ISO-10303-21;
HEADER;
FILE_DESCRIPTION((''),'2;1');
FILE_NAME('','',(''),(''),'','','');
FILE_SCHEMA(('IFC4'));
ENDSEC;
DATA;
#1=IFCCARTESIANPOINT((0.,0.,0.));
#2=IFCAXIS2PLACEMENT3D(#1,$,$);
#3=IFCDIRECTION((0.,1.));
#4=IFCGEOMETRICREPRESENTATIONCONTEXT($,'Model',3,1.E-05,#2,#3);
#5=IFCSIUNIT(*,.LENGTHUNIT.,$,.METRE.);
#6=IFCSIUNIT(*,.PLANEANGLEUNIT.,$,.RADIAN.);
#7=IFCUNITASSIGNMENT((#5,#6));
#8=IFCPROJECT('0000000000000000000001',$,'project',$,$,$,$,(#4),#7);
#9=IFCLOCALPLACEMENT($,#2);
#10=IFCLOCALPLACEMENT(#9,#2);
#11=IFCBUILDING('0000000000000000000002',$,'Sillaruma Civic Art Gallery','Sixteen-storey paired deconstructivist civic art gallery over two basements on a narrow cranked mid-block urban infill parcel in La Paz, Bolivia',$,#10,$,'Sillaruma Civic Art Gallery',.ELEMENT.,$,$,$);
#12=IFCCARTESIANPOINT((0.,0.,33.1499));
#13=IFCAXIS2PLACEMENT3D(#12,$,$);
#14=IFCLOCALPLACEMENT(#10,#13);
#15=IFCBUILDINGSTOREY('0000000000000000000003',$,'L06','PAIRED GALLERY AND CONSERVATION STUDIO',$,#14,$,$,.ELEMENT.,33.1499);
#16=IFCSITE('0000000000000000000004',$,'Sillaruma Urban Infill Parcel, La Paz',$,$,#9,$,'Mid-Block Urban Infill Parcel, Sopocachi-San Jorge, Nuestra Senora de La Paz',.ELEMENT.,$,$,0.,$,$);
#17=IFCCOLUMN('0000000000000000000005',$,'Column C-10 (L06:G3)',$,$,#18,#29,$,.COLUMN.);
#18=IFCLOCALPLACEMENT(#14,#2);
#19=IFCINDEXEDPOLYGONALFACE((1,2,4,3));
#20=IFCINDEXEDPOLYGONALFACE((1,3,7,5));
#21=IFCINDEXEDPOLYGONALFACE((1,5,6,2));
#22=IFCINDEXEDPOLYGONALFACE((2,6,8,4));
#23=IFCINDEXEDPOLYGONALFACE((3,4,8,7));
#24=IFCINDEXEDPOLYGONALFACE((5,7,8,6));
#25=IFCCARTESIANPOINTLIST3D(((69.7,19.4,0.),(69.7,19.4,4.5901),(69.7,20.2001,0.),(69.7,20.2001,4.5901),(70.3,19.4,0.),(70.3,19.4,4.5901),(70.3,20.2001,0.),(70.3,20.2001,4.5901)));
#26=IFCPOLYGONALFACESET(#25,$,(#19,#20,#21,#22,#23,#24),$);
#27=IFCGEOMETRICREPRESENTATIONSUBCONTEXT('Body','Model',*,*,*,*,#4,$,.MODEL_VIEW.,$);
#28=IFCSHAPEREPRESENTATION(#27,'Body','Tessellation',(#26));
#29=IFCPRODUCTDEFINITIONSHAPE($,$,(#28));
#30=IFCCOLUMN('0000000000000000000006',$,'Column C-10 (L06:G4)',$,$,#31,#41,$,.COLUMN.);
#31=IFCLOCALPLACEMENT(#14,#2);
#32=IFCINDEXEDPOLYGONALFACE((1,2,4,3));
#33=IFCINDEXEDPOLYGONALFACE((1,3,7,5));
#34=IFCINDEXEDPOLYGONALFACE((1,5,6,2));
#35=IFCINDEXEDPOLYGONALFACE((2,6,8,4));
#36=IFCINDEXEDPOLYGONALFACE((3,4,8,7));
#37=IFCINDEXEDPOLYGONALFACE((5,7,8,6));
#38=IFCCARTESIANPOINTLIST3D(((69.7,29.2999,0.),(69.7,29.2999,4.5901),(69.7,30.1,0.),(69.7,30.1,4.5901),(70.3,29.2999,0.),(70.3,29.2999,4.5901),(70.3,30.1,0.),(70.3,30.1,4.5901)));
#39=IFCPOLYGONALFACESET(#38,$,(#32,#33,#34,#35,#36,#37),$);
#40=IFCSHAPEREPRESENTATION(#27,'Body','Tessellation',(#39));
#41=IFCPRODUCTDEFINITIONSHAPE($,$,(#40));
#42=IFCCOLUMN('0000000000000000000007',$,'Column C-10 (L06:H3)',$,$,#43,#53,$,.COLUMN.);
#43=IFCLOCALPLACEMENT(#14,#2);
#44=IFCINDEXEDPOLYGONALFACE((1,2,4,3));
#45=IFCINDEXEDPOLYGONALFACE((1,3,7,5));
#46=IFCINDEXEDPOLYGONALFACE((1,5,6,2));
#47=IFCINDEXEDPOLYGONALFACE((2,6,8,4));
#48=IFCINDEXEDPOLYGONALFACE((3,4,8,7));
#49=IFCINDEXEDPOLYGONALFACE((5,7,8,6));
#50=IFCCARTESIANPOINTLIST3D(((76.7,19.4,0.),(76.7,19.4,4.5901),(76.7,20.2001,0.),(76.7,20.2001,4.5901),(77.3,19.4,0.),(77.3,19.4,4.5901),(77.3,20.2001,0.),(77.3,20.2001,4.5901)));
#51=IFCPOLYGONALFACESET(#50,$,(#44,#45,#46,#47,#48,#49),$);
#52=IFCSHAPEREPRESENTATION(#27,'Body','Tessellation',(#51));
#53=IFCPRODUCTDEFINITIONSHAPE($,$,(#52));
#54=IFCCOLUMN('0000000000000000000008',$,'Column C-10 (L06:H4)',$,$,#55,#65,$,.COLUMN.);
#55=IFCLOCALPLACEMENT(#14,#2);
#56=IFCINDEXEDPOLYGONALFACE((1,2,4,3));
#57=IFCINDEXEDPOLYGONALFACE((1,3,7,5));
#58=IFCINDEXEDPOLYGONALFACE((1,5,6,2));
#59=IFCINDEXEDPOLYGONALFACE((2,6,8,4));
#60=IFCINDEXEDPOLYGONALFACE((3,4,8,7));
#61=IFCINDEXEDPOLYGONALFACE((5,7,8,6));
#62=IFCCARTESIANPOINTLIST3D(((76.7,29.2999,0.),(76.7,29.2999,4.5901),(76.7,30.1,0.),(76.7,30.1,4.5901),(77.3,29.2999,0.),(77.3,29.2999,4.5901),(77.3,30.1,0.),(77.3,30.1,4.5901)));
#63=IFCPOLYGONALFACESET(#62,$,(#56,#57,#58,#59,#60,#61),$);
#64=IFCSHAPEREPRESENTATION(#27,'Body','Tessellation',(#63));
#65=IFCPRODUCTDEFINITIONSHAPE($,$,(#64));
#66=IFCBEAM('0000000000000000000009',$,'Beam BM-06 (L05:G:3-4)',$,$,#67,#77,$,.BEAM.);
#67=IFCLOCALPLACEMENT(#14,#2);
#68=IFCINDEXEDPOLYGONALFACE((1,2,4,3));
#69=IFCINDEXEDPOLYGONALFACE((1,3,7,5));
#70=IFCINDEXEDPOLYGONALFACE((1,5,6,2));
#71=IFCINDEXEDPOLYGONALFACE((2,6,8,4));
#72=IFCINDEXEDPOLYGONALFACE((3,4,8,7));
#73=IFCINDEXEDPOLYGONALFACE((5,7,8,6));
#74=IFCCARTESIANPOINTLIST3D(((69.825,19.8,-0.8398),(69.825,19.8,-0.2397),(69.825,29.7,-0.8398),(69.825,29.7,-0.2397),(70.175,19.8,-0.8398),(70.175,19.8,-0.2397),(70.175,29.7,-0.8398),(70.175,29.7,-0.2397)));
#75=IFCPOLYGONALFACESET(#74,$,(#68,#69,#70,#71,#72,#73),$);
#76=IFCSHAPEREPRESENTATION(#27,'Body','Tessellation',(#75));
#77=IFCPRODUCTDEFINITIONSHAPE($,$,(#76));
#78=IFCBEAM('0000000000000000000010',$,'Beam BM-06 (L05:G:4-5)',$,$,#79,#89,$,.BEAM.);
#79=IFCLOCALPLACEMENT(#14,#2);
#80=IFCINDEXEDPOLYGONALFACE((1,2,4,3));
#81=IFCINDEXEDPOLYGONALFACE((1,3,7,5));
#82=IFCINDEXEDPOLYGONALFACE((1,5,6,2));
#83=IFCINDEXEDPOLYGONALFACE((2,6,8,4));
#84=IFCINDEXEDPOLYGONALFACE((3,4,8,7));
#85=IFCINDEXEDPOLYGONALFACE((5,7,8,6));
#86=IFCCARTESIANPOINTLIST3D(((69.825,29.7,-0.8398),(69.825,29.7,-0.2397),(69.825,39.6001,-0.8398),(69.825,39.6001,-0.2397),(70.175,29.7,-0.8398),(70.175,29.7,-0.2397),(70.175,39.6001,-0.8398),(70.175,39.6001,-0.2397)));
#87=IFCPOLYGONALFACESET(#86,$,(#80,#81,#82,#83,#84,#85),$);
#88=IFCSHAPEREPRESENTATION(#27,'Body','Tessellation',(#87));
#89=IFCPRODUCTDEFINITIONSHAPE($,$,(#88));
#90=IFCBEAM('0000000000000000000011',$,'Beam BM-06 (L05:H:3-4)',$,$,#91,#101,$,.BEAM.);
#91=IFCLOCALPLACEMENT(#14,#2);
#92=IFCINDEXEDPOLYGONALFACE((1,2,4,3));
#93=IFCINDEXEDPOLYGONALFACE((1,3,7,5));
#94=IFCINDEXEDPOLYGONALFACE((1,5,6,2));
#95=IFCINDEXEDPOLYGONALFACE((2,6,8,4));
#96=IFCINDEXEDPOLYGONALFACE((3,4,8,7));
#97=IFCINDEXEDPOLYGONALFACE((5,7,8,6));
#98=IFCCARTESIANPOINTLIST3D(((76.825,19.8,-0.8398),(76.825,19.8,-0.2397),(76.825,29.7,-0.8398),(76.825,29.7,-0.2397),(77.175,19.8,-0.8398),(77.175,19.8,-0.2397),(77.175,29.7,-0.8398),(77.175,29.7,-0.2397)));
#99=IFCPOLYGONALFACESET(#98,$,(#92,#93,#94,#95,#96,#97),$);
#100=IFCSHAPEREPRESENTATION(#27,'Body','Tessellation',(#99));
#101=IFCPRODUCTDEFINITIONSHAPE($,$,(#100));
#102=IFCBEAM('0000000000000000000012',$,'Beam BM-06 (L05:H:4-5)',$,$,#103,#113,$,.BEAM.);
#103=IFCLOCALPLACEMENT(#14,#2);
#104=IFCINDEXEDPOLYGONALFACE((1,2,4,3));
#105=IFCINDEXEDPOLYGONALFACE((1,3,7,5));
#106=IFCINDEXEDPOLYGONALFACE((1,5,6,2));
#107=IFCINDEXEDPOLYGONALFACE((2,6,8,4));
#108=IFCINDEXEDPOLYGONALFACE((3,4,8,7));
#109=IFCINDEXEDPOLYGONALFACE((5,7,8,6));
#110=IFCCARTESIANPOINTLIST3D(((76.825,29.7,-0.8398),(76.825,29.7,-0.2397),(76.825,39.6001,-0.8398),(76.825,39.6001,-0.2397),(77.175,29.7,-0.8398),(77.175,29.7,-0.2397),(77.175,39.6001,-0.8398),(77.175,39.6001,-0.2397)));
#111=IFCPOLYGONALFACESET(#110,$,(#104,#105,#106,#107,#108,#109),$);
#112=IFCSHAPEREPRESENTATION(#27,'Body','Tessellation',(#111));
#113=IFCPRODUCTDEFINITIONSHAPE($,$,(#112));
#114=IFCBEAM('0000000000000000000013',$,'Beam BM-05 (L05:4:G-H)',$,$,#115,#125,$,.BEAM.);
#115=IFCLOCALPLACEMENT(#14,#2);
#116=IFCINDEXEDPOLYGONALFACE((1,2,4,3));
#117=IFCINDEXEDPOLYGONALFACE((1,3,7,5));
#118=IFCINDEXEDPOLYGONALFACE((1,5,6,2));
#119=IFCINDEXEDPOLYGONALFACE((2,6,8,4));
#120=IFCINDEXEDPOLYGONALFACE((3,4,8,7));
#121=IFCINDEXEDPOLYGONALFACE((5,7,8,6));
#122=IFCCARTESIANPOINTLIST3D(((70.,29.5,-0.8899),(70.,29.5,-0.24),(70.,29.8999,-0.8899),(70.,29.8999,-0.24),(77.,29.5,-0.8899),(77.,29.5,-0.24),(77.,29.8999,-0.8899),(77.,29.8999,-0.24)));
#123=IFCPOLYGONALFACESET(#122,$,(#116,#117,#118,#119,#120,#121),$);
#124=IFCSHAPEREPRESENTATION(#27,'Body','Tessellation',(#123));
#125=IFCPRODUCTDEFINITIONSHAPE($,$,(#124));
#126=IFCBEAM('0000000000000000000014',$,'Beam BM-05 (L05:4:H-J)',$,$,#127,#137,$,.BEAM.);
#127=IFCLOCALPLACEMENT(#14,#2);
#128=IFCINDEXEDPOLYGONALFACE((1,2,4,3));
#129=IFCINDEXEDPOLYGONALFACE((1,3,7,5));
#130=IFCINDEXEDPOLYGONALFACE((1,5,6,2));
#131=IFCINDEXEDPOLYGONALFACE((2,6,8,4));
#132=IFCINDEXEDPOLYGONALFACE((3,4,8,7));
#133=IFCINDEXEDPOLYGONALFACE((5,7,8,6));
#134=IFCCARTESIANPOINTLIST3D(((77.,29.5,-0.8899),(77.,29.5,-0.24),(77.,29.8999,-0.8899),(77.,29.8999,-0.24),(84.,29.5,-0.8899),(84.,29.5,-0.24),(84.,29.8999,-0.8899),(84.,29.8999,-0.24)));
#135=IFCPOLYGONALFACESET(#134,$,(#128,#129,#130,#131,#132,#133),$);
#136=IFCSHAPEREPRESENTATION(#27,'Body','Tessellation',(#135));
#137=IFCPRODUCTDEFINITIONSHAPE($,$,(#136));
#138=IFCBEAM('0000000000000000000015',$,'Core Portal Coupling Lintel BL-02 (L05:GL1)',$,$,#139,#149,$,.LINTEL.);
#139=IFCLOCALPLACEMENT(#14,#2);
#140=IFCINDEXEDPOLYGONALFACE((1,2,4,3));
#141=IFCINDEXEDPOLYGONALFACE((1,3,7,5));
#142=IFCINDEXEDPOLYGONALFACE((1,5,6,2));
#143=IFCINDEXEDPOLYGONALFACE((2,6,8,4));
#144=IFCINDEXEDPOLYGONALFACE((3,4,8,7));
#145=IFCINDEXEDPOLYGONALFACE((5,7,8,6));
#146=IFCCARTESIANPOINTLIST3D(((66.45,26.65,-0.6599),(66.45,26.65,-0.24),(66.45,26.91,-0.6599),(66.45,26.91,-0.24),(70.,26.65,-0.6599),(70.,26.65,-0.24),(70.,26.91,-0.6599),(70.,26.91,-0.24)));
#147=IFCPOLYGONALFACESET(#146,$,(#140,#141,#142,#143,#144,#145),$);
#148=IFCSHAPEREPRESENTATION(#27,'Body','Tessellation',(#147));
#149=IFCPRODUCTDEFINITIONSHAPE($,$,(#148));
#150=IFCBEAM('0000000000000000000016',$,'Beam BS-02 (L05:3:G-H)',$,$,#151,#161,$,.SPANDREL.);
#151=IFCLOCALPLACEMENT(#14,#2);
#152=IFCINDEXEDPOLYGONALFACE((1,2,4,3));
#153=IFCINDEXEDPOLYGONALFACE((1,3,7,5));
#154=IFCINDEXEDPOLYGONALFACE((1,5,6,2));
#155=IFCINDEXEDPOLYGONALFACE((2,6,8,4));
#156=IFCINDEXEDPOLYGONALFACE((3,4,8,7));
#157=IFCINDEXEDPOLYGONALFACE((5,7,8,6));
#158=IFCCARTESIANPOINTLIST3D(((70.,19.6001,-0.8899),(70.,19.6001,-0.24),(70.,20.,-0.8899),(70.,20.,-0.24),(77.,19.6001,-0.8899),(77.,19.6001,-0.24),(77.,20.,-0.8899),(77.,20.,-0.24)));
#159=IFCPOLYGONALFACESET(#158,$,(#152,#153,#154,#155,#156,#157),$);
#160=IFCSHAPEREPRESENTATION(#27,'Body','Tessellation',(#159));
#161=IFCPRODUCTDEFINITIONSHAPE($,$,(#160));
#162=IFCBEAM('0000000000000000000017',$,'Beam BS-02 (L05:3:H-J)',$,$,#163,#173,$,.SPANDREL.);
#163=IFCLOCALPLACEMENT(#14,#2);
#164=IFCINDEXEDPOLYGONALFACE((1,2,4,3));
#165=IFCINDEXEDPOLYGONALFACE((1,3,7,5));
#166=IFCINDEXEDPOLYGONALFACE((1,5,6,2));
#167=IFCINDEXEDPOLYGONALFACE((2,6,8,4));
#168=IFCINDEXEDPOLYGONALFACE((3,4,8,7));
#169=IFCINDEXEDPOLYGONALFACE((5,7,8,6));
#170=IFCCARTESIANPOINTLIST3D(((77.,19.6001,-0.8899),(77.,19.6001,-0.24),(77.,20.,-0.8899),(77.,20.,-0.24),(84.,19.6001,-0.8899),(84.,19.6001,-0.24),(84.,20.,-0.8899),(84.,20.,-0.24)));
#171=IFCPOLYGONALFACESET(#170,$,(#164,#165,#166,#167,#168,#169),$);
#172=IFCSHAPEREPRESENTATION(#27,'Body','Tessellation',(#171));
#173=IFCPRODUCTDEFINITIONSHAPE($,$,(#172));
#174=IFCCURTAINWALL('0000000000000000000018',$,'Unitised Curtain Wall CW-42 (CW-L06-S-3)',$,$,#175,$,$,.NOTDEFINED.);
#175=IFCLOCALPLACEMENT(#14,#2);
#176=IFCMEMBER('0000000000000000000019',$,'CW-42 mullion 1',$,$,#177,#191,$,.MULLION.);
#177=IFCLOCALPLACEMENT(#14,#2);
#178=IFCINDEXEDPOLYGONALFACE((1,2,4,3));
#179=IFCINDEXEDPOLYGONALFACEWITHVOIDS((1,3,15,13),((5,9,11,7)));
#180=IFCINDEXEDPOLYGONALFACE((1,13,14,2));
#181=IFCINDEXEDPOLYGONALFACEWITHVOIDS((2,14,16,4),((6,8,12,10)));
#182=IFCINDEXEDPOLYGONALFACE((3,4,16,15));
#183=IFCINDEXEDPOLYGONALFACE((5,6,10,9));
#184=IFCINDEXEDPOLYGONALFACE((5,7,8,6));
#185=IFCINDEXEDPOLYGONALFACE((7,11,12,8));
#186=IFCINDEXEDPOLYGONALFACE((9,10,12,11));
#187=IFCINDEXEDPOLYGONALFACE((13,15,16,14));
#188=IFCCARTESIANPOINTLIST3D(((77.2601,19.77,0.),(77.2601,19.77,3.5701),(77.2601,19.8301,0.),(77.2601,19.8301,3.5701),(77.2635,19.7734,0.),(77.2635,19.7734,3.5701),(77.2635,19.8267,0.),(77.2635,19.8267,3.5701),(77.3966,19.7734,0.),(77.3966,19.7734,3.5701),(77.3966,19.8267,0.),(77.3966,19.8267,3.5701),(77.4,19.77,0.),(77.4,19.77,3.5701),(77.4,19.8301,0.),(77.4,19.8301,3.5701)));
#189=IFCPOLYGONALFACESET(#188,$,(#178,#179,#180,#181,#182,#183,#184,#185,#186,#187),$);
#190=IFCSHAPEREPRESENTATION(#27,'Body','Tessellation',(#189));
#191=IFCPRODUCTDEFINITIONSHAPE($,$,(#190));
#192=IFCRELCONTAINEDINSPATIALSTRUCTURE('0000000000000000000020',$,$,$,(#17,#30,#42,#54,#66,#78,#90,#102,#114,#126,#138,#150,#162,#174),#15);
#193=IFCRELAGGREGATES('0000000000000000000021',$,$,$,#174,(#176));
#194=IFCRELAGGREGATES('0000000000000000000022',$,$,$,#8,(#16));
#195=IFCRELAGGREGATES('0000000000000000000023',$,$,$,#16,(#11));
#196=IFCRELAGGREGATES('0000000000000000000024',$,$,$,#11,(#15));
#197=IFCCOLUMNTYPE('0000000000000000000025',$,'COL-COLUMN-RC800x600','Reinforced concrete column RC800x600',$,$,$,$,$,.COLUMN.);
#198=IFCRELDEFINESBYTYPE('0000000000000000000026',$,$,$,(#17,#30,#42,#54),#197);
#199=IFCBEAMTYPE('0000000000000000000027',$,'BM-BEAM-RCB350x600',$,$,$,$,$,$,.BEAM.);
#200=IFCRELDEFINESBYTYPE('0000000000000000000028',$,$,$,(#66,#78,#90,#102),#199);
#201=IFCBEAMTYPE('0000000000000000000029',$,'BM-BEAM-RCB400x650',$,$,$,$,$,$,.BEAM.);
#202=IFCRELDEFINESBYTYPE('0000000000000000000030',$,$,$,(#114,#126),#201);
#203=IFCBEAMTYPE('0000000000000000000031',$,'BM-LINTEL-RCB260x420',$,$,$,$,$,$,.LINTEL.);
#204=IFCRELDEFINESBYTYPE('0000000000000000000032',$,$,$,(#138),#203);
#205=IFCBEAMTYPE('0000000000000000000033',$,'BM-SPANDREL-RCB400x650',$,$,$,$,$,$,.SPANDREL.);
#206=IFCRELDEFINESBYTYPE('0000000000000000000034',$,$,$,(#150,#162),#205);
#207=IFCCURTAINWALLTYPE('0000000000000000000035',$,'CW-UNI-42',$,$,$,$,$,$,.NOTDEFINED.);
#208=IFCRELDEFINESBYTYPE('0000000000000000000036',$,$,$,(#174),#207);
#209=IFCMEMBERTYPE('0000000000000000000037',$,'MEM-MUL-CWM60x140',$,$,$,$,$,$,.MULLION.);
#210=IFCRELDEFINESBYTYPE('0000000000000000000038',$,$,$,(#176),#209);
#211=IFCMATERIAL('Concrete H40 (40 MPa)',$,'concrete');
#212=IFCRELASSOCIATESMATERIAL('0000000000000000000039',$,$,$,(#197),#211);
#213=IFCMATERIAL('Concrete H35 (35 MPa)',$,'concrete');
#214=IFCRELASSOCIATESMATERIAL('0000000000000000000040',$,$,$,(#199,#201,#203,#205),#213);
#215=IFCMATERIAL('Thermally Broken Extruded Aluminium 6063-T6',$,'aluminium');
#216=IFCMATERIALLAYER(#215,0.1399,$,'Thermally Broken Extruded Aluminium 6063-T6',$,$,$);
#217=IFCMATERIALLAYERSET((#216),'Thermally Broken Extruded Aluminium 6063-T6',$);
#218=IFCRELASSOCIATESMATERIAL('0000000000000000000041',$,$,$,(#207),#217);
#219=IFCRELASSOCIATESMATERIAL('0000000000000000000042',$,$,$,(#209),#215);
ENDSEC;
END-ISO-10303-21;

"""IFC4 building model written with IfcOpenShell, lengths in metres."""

from ifc_helpers import new_model, si_unit, direction, frame, origin, origin_2d, place, context, subcontext, project, spatial, rectangle, hollow_rectangle, extrude, material, layer, layer_set, material_profile, profile_set, type_object, element, aggregate, save


model = new_model("IFC4")

# Units and contexts
model_context = context("Model", 3, precision=1e-05, world=origin(), true_north=direction((0.0, 1.0)))
body_context = subcontext(model_context, "Body", "Model", "MODEL_VIEW")
ifc_project = project(units=[si_unit("LENGTHUNIT", "METRE"), si_unit("PLANEANGLEUNIT", "RADIAN")], contexts=[model_context])

# Site, building, storey
site_placement = place(None, origin())
site = spatial("IfcSite", under=ifc_project, at=site_placement, Name="Sillaruma Urban Infill Parcel, La Paz", LongName="Mid-Block Urban Infill Parcel, Sopocachi-San Jorge, Nuestra Senora de La Paz", CompositionType="ELEMENT", RefElevation=0.0)
building_placement = place(site_placement, origin())
building = spatial("IfcBuilding", under=site, at=building_placement, Name="Sillaruma Civic Art Gallery", Description="Sixteen-storey paired deconstructivist civic art gallery over two basements on a narrow cranked mid-block urban infill parcel in La Paz, Bolivia", LongName="Sillaruma Civic Art Gallery", CompositionType="ELEMENT")
storey_placement = place(building_placement, frame((0.0, 0.0, 33.1499)))
storey = spatial("IfcBuildingStorey", under=building, at=storey_placement, Name="L06", Description="PAIRED GALLERY AND CONSERVATION STUDIO", CompositionType="ELEMENT", Elevation=33.1499)

# Columns
ifc_material_1 = material(Name="Concrete H40 (40 MPa)", Category="concrete")
ifc_material_profile_1 = material_profile(ifc_material_1, rectangle(XDim=0.6001, YDim=0.8, at=origin_2d()), Name="RC800x600")
ifc_profile_set_1 = profile_set([ifc_material_profile_1], Name="Concrete H40 (40 MPa)")
column_type = type_object("IfcColumnType", Name="COL-COLUMN-RC800x600", Description="Reinforced concrete column RC800x600", PredefinedType="COLUMN", material=ifc_profile_set_1)
for number, where, z_axis, x_axis, name in (
    (1, (70.0, 19.8, 0.0), (0.0, 0.0, 1.0), (1.0, 0.0, 0.0), "Column C-10 (L06:G3)"),
    (2, (70.0, 29.7, 0.0), (0.0, 0.0, 1.0), (1.0, 0.0, 0.0), "Column C-10 (L06:G4)"),
    (3, (77.0, 19.8, 0.0), (0.0, 0.0, 1.0), (1.0, 0.0, 0.0), "Column C-10 (L06:H3)"),
    (4, (77.0, 29.7, 0.0), (0.0, 0.0, 1.0), (1.0, 0.0, 0.0), "Column C-10 (L06:H4)"),
):
    element("IfcColumn", number, at=place(storey_placement, frame(where, z_axis=z_axis, x_axis=x_axis)), inside=storey, type_object=column_type, Name=name, PredefinedType="COLUMN", context=body_context, shape_type="SweptSolid", body=[
        extrude(rectangle(XDim=0.6001, YDim=0.8, at=origin_2d()), origin(), (0.0, 0.0, 1.0), 4.5901),
    ])

# Beams
ifc_material_2 = material(Name="Concrete H35 (35 MPa)", Category="concrete")
ifc_material_profile_2 = material_profile(ifc_material_2, rectangle(XDim=0.3501, YDim=0.6001, at=origin_2d()), Name="RCB350x600")
ifc_profile_set_2 = profile_set([ifc_material_profile_2], Name="Concrete H35 (35 MPa)")
beam_type_1 = type_object("IfcBeamType", Name="BM-BEAM-RCB350x600", PredefinedType="BEAM", material=ifc_profile_set_2)
beam_1_placement = place(storey_placement, frame((70.0, 19.8, -0.5398), z_axis=(0.0, 1.0, 0.0), x_axis=(-1.0, 0.0, 0.0)))
element("IfcBeam", 5, at=beam_1_placement, inside=storey, type_object=beam_type_1, Name="Beam BM-06 (L05:G:3-4)", PredefinedType="BEAM", context=body_context, shape_type="SweptSolid", body=[
    extrude(rectangle(XDim=0.3501, YDim=0.6001, at=origin_2d()), origin(), (0.0, 0.0, 1.0), 9.8999),
])
beam_2_placement = place(storey_placement, frame((70.0, 29.7, -0.5398), z_axis=(0.0, 1.0, 0.0), x_axis=(-1.0, 0.0, 0.0)))
element("IfcBeam", 6, at=beam_2_placement, inside=storey, type_object=beam_type_1, Name="Beam BM-06 (L05:G:4-5)", PredefinedType="BEAM", context=body_context, shape_type="SweptSolid", body=[
    extrude(rectangle(XDim=0.3501, YDim=0.6001, at=origin_2d()), origin(), (0.0, 0.0, 1.0), 9.9001),
])
beam_3_placement = place(storey_placement, frame((77.0, 19.8, -0.5398), z_axis=(0.0, 1.0, 0.0), x_axis=(-1.0, 0.0, 0.0)))
element("IfcBeam", 7, at=beam_3_placement, inside=storey, type_object=beam_type_1, Name="Beam BM-06 (L05:H:3-4)", PredefinedType="BEAM", context=body_context, shape_type="SweptSolid", body=[
    extrude(rectangle(XDim=0.3501, YDim=0.6001, at=origin_2d()), origin(), (0.0, 0.0, 1.0), 9.8999),
])
beam_4_placement = place(storey_placement, frame((77.0, 29.7, -0.5398), z_axis=(0.0, 1.0, 0.0), x_axis=(-1.0, 0.0, 0.0)))
element("IfcBeam", 8, at=beam_4_placement, inside=storey, type_object=beam_type_1, Name="Beam BM-06 (L05:H:4-5)", PredefinedType="BEAM", context=body_context, shape_type="SweptSolid", body=[
    extrude(rectangle(XDim=0.3501, YDim=0.6001, at=origin_2d()), origin(), (0.0, 0.0, 1.0), 9.9001),
])
ifc_material_profile_3 = material_profile(ifc_material_2, rectangle(XDim=0.3999, YDim=0.6499, at=origin_2d()), Name="RCB400x650")
ifc_profile_set_3 = profile_set([ifc_material_profile_3], Name="Concrete H35 (35 MPa)")
beam_type_2 = type_object("IfcBeamType", Name="BM-BEAM-RCB400x650", PredefinedType="BEAM", material=ifc_profile_set_3)
for number, where, z_axis, x_axis, name in (
    (9, (70.0, 29.7, -0.5649), (1.0, 0.0, 0.0), (0.0, 1.0, 0.0), "Beam BM-05 (L05:4:G-H)"),
    (10, (77.0, 29.7, -0.5649), (1.0, 0.0, 0.0), (0.0, 1.0, 0.0), "Beam BM-05 (L05:4:H-J)"),
):
    element("IfcBeam", number, at=place(storey_placement, frame(where, z_axis=z_axis, x_axis=x_axis)), inside=storey, type_object=beam_type_2, Name=name, PredefinedType="BEAM", context=body_context, shape_type="SweptSolid", body=[
        extrude(rectangle(XDim=0.3999, YDim=0.6499, at=origin_2d()), origin(), (0.0, 0.0, 1.0), 7.0),
    ])
ifc_material_profile_4 = material_profile(ifc_material_2, rectangle(XDim=0.26, YDim=0.4199, at=origin_2d()), Name="RCB260x420")
ifc_profile_set_4 = profile_set([ifc_material_profile_4], Name="Concrete H35 (35 MPa)")
beam_type_3 = type_object("IfcBeamType", Name="BM-LINTEL-RCB260x420", PredefinedType="LINTEL", material=ifc_profile_set_4)
beam_5_placement = place(storey_placement, frame((66.45, 26.78, -0.45), z_axis=(1.0, 0.0, 0.0), x_axis=(0.0, 1.0, 0.0)))
element("IfcBeam", 11, at=beam_5_placement, inside=storey, type_object=beam_type_3, Name="Core Portal Coupling Lintel BL-02 (L05:GL1)", PredefinedType="LINTEL", context=body_context, shape_type="SweptSolid", body=[
    extrude(rectangle(XDim=0.26, YDim=0.4199, at=origin_2d()), origin(), (0.0, 0.0, 1.0), 3.55),
])
ifc_material_profile_5 = material_profile(ifc_material_2, rectangle(XDim=0.3999, YDim=0.6499, at=origin_2d()), Name="RCB400x650")
ifc_profile_set_5 = profile_set([ifc_material_profile_5], Name="Concrete H35 (35 MPa)")
beam_type_4 = type_object("IfcBeamType", Name="BM-SPANDREL-RCB400x650", PredefinedType="SPANDREL", material=ifc_profile_set_5)
for number, where, z_axis, x_axis, name in (
    (12, (70.0, 19.8, -0.5649), (1.0, 0.0, 0.0), (0.0, 1.0, 0.0), "Beam BS-02 (L05:3:G-H)"),
    (13, (77.0, 19.8, -0.5649), (1.0, 0.0, 0.0), (0.0, 1.0, 0.0), "Beam BS-02 (L05:3:H-J)"),
):
    element("IfcBeam", number, at=place(storey_placement, frame(where, z_axis=z_axis, x_axis=x_axis)), inside=storey, type_object=beam_type_4, Name=name, PredefinedType="SPANDREL", context=body_context, shape_type="SweptSolid", body=[
        extrude(rectangle(XDim=0.3999, YDim=0.6499, at=origin_2d()), origin(), (0.0, 0.0, 1.0), 7.0),
    ])

# Curtain wall, member
ifc_material_3 = material(Name="Thermally Broken Extruded Aluminium 6063-T6", Category="aluminium")
ifc_layer_1 = layer(ifc_material_3, 0.1399, Name="Thermally Broken Extruded Aluminium 6063-T6")
ifc_layer_set_1 = layer_set([ifc_layer_1], Name="Thermally Broken Extruded Aluminium 6063-T6")
curtain_wall_type_1 = type_object("IfcCurtainWallType", Name="CW-UNI-42", PredefinedType="NOTDEFINED", material=ifc_layer_set_1)
curtain_wall_1_placement = place(storey_placement, origin())
curtain_wall_1 = element("IfcCurtainWall", 14, at=curtain_wall_1_placement, inside=storey, type_object=curtain_wall_type_1, Name="Unitised Curtain Wall CW-42 (CW-L06-S-3)", PredefinedType="NOTDEFINED")
ifc_material_profile_6 = material_profile(ifc_material_3, hollow_rectangle(XDim=0.0601, YDim=0.1399, WallThickness=0.0034, at=origin_2d()), Name="CWM60x140")
ifc_profile_set_6 = profile_set([ifc_material_profile_6], Name="Thermally Broken Extruded Aluminium 6063-T6")
member_type_1 = type_object("IfcMemberType", Name="MEM-MUL-CWM60x140", PredefinedType="MULLION", material=ifc_profile_set_6)
member_1_placement = place(storey_placement, frame((77.3301, 19.8, 0.0), z_axis=(0.0, 0.0, 1.0), x_axis=(0.0, 1.0, 0.0)))
member_1 = element("IfcMember", 15, at=member_1_placement, type_object=member_type_1, Name="CW-42 mullion 1", PredefinedType="MULLION", context=body_context, shape_type="SweptSolid", body=[
    extrude(hollow_rectangle(XDim=0.0601, YDim=0.1399, WallThickness=0.0034, at=origin_2d()), origin(), (0.0, 0.0, 1.0), 3.5701),
])

aggregate(curtain_wall_1, [member_1])

save(model, "model.ifc")
